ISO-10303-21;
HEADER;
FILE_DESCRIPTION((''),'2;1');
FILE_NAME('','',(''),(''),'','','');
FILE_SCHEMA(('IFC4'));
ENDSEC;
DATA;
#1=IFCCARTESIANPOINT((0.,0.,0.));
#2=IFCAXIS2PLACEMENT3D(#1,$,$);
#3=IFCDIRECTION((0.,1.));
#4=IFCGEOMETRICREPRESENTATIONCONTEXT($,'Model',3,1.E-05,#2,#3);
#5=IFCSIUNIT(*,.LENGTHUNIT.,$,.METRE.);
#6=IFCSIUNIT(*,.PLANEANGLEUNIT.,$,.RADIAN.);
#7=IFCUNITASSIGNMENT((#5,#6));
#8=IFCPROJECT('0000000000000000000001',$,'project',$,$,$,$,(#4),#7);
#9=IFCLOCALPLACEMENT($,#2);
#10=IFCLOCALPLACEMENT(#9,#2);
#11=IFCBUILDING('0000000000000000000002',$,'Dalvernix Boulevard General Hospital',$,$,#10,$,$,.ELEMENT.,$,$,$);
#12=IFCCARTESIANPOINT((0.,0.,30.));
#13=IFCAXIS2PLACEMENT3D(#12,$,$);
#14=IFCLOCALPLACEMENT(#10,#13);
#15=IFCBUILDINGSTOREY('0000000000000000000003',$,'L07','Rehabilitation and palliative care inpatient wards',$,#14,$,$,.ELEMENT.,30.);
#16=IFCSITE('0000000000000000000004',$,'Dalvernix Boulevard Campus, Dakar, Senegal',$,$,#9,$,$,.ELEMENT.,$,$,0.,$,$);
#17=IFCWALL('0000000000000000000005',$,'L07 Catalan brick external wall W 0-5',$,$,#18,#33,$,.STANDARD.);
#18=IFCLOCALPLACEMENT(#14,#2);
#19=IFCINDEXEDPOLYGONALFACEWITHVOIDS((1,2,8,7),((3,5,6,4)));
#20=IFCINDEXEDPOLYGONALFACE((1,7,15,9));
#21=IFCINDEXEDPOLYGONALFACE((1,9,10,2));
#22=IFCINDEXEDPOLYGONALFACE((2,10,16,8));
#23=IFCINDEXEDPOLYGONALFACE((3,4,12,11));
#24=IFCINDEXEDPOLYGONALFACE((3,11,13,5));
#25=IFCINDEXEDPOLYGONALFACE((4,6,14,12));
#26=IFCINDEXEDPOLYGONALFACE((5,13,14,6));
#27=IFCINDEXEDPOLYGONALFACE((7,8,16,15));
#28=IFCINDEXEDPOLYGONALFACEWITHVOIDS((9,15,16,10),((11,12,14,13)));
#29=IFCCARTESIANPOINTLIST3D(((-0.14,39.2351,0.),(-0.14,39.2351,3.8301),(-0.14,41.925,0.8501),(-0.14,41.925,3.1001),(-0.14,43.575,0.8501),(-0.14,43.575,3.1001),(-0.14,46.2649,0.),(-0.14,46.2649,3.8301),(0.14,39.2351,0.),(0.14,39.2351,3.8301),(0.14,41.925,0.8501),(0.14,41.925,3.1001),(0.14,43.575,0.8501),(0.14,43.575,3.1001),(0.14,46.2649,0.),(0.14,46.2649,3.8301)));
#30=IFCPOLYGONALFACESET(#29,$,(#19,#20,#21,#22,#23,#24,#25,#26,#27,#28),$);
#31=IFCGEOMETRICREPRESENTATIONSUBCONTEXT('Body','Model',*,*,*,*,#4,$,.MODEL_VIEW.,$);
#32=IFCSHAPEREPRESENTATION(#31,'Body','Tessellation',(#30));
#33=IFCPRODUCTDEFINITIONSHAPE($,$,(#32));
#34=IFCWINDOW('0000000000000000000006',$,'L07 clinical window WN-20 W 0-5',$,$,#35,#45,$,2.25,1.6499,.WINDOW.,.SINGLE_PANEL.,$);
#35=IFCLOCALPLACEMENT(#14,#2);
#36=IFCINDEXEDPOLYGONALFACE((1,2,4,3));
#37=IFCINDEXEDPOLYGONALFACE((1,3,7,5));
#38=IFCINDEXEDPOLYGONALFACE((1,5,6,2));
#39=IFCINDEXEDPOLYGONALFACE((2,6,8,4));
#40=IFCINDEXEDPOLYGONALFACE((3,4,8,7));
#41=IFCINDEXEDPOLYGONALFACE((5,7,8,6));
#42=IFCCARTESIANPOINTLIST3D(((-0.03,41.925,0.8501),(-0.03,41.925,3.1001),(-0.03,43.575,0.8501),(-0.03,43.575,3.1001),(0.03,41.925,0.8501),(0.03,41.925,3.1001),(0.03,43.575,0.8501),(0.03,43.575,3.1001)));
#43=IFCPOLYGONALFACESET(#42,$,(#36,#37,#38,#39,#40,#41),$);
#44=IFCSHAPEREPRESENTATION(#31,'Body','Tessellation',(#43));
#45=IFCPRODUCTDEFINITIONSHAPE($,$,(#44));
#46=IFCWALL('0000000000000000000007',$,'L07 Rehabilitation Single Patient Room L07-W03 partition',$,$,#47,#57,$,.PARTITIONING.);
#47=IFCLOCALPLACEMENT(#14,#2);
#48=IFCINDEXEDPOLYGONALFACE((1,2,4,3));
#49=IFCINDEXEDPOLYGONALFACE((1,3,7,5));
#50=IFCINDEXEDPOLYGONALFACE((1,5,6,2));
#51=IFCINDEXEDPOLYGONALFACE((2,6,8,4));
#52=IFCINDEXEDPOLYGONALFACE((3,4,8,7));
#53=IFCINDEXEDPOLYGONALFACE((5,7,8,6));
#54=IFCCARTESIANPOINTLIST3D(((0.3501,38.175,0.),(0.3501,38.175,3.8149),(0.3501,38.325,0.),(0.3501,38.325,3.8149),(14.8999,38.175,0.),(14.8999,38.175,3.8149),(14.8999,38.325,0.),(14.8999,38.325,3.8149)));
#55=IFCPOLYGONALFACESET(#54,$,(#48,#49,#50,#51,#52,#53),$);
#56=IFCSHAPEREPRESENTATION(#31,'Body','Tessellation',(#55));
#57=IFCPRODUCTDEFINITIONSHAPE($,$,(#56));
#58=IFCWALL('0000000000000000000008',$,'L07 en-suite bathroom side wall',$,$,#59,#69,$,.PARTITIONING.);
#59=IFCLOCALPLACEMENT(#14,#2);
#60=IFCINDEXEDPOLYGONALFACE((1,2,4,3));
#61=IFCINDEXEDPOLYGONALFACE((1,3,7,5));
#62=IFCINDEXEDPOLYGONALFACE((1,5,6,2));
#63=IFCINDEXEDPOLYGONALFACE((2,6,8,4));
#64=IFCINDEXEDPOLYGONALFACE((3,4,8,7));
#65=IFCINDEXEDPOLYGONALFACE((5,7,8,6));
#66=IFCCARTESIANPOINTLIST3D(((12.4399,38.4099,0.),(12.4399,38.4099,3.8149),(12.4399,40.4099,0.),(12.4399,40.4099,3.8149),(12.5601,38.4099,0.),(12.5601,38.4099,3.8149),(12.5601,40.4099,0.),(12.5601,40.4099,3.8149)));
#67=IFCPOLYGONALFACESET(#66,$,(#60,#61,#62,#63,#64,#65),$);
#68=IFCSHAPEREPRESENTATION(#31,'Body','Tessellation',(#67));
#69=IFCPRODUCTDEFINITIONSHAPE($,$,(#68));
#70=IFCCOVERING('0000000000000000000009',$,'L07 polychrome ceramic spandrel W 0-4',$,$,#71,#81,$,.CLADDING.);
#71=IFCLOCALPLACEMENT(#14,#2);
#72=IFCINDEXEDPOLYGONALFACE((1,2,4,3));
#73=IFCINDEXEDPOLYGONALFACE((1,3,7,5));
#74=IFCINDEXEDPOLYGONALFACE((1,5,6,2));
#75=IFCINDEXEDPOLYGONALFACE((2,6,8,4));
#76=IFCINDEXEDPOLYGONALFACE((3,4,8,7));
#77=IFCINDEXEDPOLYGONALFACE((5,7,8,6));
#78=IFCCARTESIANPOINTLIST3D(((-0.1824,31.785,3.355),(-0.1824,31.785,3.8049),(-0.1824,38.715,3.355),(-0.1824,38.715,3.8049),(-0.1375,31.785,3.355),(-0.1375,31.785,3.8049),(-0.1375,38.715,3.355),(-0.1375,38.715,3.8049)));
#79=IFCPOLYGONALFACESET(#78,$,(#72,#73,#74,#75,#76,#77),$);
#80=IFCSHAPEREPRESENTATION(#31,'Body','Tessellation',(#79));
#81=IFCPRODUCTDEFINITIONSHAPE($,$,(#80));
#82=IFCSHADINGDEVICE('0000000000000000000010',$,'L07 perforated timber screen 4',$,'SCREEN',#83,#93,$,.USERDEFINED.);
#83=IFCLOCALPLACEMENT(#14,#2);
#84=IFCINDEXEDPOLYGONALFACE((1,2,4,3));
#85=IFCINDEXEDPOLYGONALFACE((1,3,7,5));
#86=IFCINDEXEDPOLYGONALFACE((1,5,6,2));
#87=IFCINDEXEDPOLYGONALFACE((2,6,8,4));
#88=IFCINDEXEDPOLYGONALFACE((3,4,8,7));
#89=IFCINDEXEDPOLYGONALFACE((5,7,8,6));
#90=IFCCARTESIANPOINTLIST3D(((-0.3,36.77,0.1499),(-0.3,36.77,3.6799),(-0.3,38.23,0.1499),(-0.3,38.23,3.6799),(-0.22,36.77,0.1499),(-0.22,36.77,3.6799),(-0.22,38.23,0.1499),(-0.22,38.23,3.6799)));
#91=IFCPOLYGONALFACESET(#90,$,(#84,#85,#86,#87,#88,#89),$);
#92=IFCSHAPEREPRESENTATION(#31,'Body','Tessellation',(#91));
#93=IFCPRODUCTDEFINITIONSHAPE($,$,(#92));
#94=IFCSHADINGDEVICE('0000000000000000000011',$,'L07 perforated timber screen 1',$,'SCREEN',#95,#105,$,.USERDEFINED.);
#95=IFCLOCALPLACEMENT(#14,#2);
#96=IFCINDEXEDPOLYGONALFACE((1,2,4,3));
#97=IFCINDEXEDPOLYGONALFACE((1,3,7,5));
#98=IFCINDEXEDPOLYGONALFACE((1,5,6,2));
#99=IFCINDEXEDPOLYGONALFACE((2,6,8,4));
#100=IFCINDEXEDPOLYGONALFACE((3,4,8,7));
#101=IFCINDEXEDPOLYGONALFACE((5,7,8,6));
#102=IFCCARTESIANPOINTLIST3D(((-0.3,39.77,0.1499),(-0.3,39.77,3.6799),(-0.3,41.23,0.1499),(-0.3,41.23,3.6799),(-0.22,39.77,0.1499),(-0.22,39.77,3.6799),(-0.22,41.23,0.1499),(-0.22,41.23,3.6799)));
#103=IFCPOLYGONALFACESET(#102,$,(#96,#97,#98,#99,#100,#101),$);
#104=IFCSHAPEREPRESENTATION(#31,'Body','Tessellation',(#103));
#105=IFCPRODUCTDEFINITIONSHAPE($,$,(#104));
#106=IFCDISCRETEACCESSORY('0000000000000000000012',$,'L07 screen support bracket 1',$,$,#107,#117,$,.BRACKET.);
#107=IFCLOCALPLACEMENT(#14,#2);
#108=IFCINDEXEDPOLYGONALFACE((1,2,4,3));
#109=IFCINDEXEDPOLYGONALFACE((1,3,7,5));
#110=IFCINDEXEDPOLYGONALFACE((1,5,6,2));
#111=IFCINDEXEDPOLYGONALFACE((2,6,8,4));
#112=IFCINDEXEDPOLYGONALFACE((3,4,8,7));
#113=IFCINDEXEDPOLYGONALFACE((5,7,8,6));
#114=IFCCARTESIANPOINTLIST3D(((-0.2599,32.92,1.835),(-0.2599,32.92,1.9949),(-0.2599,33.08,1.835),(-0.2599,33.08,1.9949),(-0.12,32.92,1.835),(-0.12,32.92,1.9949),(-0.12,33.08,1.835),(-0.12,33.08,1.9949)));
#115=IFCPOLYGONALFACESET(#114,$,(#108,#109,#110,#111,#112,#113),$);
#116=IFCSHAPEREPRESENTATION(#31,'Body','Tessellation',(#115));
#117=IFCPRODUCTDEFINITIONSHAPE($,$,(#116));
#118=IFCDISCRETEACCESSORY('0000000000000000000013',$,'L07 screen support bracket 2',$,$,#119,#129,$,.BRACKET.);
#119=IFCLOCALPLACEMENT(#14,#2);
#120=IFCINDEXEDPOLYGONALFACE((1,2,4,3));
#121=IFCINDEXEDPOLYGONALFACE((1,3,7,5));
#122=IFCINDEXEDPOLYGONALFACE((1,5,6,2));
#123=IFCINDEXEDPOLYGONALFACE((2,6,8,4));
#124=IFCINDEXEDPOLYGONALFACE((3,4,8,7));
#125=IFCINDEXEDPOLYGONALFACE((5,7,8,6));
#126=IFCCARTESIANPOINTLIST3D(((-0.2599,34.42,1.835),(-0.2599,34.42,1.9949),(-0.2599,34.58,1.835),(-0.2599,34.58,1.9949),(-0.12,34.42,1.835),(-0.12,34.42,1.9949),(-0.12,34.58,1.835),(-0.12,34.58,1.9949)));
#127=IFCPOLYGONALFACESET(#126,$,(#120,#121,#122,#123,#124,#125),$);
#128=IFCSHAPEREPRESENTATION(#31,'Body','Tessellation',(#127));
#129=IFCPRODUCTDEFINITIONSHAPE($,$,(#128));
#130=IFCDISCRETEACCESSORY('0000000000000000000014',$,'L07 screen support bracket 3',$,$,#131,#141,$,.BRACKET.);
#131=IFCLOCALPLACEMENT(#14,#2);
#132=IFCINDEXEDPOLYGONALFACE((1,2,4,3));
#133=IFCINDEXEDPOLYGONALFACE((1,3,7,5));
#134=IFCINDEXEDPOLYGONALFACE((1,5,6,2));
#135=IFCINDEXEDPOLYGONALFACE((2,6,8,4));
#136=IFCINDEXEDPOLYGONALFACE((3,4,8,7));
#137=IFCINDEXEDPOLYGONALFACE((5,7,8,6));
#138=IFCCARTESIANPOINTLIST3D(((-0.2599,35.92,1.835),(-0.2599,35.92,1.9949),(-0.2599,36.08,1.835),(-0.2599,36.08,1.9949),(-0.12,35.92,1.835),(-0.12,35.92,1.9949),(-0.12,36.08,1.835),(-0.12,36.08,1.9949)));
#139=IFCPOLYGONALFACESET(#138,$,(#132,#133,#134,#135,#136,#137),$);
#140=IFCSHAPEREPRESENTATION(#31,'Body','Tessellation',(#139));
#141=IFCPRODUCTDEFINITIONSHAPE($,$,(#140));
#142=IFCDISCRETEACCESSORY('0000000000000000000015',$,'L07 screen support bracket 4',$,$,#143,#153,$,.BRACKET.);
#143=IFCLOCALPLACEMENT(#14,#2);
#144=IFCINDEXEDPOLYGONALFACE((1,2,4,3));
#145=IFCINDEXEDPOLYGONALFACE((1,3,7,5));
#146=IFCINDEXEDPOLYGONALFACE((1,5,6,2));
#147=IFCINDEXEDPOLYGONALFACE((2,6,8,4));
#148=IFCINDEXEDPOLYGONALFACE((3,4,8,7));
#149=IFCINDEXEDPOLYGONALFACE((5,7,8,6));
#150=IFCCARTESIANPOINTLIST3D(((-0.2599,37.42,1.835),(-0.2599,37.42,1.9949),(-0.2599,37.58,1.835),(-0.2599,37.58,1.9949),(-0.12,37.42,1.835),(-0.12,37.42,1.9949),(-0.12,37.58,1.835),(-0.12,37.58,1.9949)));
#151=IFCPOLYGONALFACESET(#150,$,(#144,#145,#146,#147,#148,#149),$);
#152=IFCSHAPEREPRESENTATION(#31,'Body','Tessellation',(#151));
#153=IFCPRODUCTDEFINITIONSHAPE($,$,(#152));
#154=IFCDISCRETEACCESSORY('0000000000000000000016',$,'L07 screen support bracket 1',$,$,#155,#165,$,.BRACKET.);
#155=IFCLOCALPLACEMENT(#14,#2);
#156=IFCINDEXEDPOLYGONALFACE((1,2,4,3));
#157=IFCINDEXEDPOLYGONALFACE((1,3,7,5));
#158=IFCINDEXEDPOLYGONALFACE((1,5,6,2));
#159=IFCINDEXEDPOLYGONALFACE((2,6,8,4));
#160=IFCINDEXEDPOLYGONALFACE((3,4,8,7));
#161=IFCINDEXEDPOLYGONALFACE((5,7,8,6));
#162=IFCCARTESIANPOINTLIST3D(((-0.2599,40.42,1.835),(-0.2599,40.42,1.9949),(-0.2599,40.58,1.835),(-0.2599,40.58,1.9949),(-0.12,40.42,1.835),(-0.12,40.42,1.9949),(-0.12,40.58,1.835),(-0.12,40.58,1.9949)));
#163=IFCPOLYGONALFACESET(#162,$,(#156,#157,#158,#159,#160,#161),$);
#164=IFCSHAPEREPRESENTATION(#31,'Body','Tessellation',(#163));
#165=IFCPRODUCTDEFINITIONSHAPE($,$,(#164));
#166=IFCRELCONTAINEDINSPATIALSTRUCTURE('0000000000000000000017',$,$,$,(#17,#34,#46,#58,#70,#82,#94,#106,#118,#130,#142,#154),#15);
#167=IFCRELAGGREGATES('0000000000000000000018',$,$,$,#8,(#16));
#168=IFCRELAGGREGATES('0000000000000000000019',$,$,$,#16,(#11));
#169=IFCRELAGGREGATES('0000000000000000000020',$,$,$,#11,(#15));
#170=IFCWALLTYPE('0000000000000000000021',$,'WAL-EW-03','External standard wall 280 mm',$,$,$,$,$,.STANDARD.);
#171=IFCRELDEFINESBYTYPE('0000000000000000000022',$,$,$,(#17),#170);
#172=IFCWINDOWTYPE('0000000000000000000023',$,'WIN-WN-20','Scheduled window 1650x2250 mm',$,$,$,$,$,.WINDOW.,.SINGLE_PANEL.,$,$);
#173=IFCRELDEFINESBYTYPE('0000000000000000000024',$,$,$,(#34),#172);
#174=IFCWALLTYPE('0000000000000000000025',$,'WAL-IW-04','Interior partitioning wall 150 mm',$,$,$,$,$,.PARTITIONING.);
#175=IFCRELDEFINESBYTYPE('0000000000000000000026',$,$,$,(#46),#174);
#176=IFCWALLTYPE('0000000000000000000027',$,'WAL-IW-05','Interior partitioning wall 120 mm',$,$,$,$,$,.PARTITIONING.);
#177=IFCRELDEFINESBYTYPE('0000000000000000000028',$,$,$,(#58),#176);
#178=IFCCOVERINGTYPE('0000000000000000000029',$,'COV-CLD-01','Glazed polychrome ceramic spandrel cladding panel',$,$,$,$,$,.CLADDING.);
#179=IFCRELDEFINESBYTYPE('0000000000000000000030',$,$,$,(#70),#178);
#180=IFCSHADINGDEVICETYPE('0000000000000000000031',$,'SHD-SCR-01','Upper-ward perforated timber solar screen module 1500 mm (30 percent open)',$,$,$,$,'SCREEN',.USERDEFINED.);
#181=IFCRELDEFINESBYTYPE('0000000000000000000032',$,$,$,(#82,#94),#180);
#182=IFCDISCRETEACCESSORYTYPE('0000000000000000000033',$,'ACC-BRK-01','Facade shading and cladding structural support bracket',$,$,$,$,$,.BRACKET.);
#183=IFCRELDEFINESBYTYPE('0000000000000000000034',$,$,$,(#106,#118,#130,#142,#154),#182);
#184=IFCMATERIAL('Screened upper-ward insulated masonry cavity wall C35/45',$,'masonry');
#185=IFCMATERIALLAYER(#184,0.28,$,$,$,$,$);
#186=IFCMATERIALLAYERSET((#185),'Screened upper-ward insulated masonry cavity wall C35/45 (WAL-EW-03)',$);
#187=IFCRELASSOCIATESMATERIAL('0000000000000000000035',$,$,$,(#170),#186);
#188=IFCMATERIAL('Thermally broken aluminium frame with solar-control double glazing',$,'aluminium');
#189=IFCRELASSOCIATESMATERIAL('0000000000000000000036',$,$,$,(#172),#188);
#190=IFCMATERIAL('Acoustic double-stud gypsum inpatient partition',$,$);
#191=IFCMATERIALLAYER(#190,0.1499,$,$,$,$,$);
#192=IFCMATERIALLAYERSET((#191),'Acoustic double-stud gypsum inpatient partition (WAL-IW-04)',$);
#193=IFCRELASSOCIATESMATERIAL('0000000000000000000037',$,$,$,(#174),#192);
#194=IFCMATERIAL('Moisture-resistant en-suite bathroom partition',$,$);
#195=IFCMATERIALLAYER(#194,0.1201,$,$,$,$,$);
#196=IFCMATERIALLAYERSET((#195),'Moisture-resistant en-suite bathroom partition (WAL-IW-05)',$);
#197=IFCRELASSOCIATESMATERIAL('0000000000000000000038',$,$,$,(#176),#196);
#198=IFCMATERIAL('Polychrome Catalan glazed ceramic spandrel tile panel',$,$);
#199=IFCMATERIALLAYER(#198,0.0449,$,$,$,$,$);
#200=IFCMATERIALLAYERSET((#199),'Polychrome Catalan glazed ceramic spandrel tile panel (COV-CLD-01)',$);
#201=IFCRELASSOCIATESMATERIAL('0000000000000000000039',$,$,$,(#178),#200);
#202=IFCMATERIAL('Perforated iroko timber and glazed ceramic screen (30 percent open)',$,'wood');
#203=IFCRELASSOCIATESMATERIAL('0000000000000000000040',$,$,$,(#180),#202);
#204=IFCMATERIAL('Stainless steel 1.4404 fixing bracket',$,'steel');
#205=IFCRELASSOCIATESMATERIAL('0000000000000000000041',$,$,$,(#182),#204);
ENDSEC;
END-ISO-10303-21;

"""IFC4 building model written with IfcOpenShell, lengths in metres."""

from ifc_helpers import new_model, si_unit, direction, frame, frame_2d, origin, origin_2d, place, context, subcontext, project, spatial, rectangle, extrude, material, layer, layer_set, type_object, element, fill, save


model = new_model("IFC4")

# Units and contexts
model_context = context("Model", 3, precision=1e-05, world=origin(), true_north=direction((0.0, 1.0)))
body_context = subcontext(model_context, "Body", "Model", "MODEL_VIEW")
ifc_project = project(units=[si_unit("LENGTHUNIT", "METRE"), si_unit("PLANEANGLEUNIT", "RADIAN")], contexts=[model_context])

# Site, building, storey
site_placement = place(None, origin())
site = spatial("IfcSite", under=ifc_project, at=site_placement, Name="Dalvernix Boulevard Campus, Dakar, Senegal", CompositionType="ELEMENT", RefElevation=0.0)
building_placement = place(site_placement, origin())
building = spatial("IfcBuilding", under=site, at=building_placement, Name="Dalvernix Boulevard General Hospital", CompositionType="ELEMENT")
storey_placement = place(building_placement, frame((0.0, 0.0, 30.0)))
storey = spatial("IfcBuildingStorey", under=building, at=storey_placement, Name="L07", Description="Rehabilitation and palliative care inpatient wards", CompositionType="ELEMENT", Elevation=30.0)

# Wall, opening, window
ifc_material_1 = material(Name="Screened upper-ward insulated masonry cavity wall C35/45", Category="masonry")
ifc_layer_1 = layer(ifc_material_1, 0.28)
ifc_layer_set_1 = layer_set([ifc_layer_1], Name="Screened upper-ward insulated masonry cavity wall C35/45 (WAL-EW-03)")
wall_type_1 = type_object("IfcWallType", Name="WAL-EW-03", Description="External standard wall 280 mm", PredefinedType="STANDARD", material=ifc_layer_set_1)
ifc_material_2 = material(Name="Thermally broken aluminium frame with solar-control double glazing", Category="aluminium")
wall_1_placement = place(storey_placement, frame((0.0, 39.2351, 0.0), z_axis=(0.0, 0.0, 1.0), x_axis=(0.0, 1.0, 0.0)))
wall_1 = element("IfcWall", 1, at=wall_1_placement, inside=storey, type_object=wall_type_1, Name="L07 Catalan brick external wall W 0-5", PredefinedType="STANDARD", context=body_context, shape_type="SweptSolid", body=[
    extrude(rectangle(XDim=7.0298, YDim=0.28, at=frame_2d((3.5149, 0.0))), origin(), (0.0, 0.0, 1.0), 3.8301),
])
opening_1_placement = place(wall_1_placement, frame((2.6899, 0.0, 0.8501)))
opening_1 = element("IfcOpeningElement", 2, at=opening_1_placement, cuts=wall_1, PredefinedType="OPENING", context=body_context, shape_type="SweptSolid", body=[
    extrude(rectangle(XDim=1.6499, YDim=2.25, at=frame_2d((0.825, 1.125))), frame((0.0, 0.1499, 0.0), z_axis=(0.0, -1.0, 0.0), x_axis=(1.0, 0.0, 0.0)), (0.0, 0.0, 1.0), 0.3),
])
window_type_1 = type_object("IfcWindowType", Name="WIN-WN-20", Description="Scheduled window 1650x2250 mm", PartitioningType="SINGLE_PANEL", PredefinedType="WINDOW", material=ifc_material_2)
window_1_placement = place(opening_1_placement, origin())
window_1 = element("IfcWindow", 3, at=window_1_placement, inside=storey, type_object=window_type_1, Name="L07 clinical window WN-20 W 0-5", OverallHeight=2.25, OverallWidth=1.6499, PartitioningType="SINGLE_PANEL", PredefinedType="WINDOW", context=body_context, shape_type="SweptSolid", body=[
    extrude(rectangle(XDim=1.6499, YDim=2.25, at=frame_2d((0.825, 1.125))), frame((0.0, 0.03, 0.0), z_axis=(0.0, -1.0, 0.0), x_axis=(1.0, 0.0, 0.0)), (0.0, 0.0, 1.0), 0.0601),
])
fill(opening_1, window_1)

# Walls
ifc_material_3 = material(Name="Acoustic double-stud gypsum inpatient partition")
ifc_layer_2 = layer(ifc_material_3, 0.1499)
ifc_layer_set_2 = layer_set([ifc_layer_2], Name="Acoustic double-stud gypsum inpatient partition (WAL-IW-04)")
wall_type_2 = type_object("IfcWallType", Name="WAL-IW-04", Description="Interior partitioning wall 150 mm", PredefinedType="PARTITIONING", material=ifc_layer_set_2)
wall_2_placement = place(storey_placement, frame((0.3501, 38.25, 0.0), z_axis=(0.0, 0.0, 1.0), x_axis=(1.0, 0.0, 0.0)))
element("IfcWall", 4, at=wall_2_placement, inside=storey, type_object=wall_type_2, Name="L07 Rehabilitation Single Patient Room L07-W03 partition", PredefinedType="PARTITIONING", context=body_context, shape_type="SweptSolid", body=[
    extrude(rectangle(XDim=14.5498, YDim=0.1499, at=frame_2d((7.2749, 0.0))), origin(), (0.0, 0.0, 1.0), 3.8149),
])
ifc_material_4 = material(Name="Moisture-resistant en-suite bathroom partition")
ifc_layer_3 = layer(ifc_material_4, 0.1201)
ifc_layer_set_3 = layer_set([ifc_layer_3], Name="Moisture-resistant en-suite bathroom partition (WAL-IW-05)")
wall_type_3 = type_object("IfcWallType", Name="WAL-IW-05", Description="Interior partitioning wall 120 mm", PredefinedType="PARTITIONING", material=ifc_layer_set_3)
wall_3_placement = place(storey_placement, frame((12.5, 38.4099, 0.0), z_axis=(0.0, 0.0, 1.0), x_axis=(0.0, 1.0, 0.0)))
element("IfcWall", 5, at=wall_3_placement, inside=storey, type_object=wall_type_3, Name="L07 en-suite bathroom side wall", PredefinedType="PARTITIONING", context=body_context, shape_type="SweptSolid", body=[
    extrude(rectangle(XDim=2.0, YDim=0.1201, at=frame_2d((1.0, 0.0))), origin(), (0.0, 0.0, 1.0), 3.8149),
])

# Covering
ifc_material_5 = material(Name="Polychrome Catalan glazed ceramic spandrel tile panel")
ifc_layer_4 = layer(ifc_material_5, 0.0449)
ifc_layer_set_4 = layer_set([ifc_layer_4], Name="Polychrome Catalan glazed ceramic spandrel tile panel (COV-CLD-01)")
covering_type = type_object("IfcCoveringType", Name="COV-CLD-01", Description="Glazed polychrome ceramic spandrel cladding panel", PredefinedType="CLADDING", material=ifc_layer_set_4)
covering_placement = place(storey_placement, frame((-0.1599, 35.25, 3.355), z_axis=(0.0, 0.0, 1.0), x_axis=(0.0, 1.0, 0.0)))
element("IfcCovering", 6, at=covering_placement, inside=storey, type_object=covering_type, Name="L07 polychrome ceramic spandrel W 0-4", PredefinedType="CLADDING", context=body_context, shape_type="SweptSolid", body=[
    extrude(rectangle(XDim=6.9299, YDim=0.0449, at=origin_2d()), origin(), (0.0, 0.0, 1.0), 0.45),
])

# Shading devices
ifc_material_6 = material(Name="Perforated iroko timber and glazed ceramic screen (30 percent open)", Category="wood")
shading_device_type = type_object("IfcShadingDeviceType", Name="SHD-SCR-01", Description="Upper-ward perforated timber solar screen module 1500 mm (30 percent open)", ElementType="SCREEN", PredefinedType="USERDEFINED", material=ifc_material_6)
for number, where, z_axis, x_axis, name in (
    (7, (-0.26, 37.5, 0.1499), (0.0, 0.0, 1.0), (0.0, 1.0, 0.0), "L07 perforated timber screen 4"),
    (8, (-0.26, 40.5, 0.1499), (0.0, 0.0, 1.0), (0.0, 1.0, 0.0), "L07 perforated timber screen 1"),
):
    element("IfcShadingDevice", number, at=place(storey_placement, frame(where, z_axis=z_axis, x_axis=x_axis)), inside=storey, type_object=shading_device_type, Name=name, ObjectType="SCREEN", PredefinedType="USERDEFINED", context=body_context, shape_type="SweptSolid", body=[
        extrude(rectangle(XDim=1.46, YDim=0.0801, at=origin_2d()), origin(), (0.0, 0.0, 1.0), 3.53),
    ])

# Discrete accessories
ifc_material_7 = material(Name="Stainless steel 1.4404 fixing bracket", Category="steel")
discrete_accessory_type = type_object("IfcDiscreteAccessoryType", Name="ACC-BRK-01", Description="Facade shading and cladding structural support bracket", PredefinedType="BRACKET", material=ifc_material_7)
for number, where, z_axis, x_axis, name in (
    (9, (-0.1899, 33.0, 1.835), (0.0, 0.0, 1.0), (0.0, 1.0, 0.0), "L07 screen support bracket 1"),
    (10, (-0.1899, 34.5, 1.835), (0.0, 0.0, 1.0), (0.0, 1.0, 0.0), "L07 screen support bracket 2"),
    (11, (-0.1899, 36.0, 1.835), (0.0, 0.0, 1.0), (0.0, 1.0, 0.0), "L07 screen support bracket 3"),
    (12, (-0.1899, 37.5, 1.835), (0.0, 0.0, 1.0), (0.0, 1.0, 0.0), "L07 screen support bracket 4"),
    (13, (-0.1899, 40.5, 1.835), (0.0, 0.0, 1.0), (0.0, 1.0, 0.0), "L07 screen support bracket 1"),
):
    element("IfcDiscreteAccessory", number, at=place(storey_placement, frame(where, z_axis=z_axis, x_axis=x_axis)), inside=storey, type_object=discrete_accessory_type, Name=name, PredefinedType="BRACKET", context=body_context, shape_type="SweptSolid", body=[
        extrude(rectangle(XDim=0.1599, YDim=0.1399, at=origin_2d()), origin(), (0.0, 0.0, 1.0), 0.1599),
    ])

save(model, "model.ifc")
